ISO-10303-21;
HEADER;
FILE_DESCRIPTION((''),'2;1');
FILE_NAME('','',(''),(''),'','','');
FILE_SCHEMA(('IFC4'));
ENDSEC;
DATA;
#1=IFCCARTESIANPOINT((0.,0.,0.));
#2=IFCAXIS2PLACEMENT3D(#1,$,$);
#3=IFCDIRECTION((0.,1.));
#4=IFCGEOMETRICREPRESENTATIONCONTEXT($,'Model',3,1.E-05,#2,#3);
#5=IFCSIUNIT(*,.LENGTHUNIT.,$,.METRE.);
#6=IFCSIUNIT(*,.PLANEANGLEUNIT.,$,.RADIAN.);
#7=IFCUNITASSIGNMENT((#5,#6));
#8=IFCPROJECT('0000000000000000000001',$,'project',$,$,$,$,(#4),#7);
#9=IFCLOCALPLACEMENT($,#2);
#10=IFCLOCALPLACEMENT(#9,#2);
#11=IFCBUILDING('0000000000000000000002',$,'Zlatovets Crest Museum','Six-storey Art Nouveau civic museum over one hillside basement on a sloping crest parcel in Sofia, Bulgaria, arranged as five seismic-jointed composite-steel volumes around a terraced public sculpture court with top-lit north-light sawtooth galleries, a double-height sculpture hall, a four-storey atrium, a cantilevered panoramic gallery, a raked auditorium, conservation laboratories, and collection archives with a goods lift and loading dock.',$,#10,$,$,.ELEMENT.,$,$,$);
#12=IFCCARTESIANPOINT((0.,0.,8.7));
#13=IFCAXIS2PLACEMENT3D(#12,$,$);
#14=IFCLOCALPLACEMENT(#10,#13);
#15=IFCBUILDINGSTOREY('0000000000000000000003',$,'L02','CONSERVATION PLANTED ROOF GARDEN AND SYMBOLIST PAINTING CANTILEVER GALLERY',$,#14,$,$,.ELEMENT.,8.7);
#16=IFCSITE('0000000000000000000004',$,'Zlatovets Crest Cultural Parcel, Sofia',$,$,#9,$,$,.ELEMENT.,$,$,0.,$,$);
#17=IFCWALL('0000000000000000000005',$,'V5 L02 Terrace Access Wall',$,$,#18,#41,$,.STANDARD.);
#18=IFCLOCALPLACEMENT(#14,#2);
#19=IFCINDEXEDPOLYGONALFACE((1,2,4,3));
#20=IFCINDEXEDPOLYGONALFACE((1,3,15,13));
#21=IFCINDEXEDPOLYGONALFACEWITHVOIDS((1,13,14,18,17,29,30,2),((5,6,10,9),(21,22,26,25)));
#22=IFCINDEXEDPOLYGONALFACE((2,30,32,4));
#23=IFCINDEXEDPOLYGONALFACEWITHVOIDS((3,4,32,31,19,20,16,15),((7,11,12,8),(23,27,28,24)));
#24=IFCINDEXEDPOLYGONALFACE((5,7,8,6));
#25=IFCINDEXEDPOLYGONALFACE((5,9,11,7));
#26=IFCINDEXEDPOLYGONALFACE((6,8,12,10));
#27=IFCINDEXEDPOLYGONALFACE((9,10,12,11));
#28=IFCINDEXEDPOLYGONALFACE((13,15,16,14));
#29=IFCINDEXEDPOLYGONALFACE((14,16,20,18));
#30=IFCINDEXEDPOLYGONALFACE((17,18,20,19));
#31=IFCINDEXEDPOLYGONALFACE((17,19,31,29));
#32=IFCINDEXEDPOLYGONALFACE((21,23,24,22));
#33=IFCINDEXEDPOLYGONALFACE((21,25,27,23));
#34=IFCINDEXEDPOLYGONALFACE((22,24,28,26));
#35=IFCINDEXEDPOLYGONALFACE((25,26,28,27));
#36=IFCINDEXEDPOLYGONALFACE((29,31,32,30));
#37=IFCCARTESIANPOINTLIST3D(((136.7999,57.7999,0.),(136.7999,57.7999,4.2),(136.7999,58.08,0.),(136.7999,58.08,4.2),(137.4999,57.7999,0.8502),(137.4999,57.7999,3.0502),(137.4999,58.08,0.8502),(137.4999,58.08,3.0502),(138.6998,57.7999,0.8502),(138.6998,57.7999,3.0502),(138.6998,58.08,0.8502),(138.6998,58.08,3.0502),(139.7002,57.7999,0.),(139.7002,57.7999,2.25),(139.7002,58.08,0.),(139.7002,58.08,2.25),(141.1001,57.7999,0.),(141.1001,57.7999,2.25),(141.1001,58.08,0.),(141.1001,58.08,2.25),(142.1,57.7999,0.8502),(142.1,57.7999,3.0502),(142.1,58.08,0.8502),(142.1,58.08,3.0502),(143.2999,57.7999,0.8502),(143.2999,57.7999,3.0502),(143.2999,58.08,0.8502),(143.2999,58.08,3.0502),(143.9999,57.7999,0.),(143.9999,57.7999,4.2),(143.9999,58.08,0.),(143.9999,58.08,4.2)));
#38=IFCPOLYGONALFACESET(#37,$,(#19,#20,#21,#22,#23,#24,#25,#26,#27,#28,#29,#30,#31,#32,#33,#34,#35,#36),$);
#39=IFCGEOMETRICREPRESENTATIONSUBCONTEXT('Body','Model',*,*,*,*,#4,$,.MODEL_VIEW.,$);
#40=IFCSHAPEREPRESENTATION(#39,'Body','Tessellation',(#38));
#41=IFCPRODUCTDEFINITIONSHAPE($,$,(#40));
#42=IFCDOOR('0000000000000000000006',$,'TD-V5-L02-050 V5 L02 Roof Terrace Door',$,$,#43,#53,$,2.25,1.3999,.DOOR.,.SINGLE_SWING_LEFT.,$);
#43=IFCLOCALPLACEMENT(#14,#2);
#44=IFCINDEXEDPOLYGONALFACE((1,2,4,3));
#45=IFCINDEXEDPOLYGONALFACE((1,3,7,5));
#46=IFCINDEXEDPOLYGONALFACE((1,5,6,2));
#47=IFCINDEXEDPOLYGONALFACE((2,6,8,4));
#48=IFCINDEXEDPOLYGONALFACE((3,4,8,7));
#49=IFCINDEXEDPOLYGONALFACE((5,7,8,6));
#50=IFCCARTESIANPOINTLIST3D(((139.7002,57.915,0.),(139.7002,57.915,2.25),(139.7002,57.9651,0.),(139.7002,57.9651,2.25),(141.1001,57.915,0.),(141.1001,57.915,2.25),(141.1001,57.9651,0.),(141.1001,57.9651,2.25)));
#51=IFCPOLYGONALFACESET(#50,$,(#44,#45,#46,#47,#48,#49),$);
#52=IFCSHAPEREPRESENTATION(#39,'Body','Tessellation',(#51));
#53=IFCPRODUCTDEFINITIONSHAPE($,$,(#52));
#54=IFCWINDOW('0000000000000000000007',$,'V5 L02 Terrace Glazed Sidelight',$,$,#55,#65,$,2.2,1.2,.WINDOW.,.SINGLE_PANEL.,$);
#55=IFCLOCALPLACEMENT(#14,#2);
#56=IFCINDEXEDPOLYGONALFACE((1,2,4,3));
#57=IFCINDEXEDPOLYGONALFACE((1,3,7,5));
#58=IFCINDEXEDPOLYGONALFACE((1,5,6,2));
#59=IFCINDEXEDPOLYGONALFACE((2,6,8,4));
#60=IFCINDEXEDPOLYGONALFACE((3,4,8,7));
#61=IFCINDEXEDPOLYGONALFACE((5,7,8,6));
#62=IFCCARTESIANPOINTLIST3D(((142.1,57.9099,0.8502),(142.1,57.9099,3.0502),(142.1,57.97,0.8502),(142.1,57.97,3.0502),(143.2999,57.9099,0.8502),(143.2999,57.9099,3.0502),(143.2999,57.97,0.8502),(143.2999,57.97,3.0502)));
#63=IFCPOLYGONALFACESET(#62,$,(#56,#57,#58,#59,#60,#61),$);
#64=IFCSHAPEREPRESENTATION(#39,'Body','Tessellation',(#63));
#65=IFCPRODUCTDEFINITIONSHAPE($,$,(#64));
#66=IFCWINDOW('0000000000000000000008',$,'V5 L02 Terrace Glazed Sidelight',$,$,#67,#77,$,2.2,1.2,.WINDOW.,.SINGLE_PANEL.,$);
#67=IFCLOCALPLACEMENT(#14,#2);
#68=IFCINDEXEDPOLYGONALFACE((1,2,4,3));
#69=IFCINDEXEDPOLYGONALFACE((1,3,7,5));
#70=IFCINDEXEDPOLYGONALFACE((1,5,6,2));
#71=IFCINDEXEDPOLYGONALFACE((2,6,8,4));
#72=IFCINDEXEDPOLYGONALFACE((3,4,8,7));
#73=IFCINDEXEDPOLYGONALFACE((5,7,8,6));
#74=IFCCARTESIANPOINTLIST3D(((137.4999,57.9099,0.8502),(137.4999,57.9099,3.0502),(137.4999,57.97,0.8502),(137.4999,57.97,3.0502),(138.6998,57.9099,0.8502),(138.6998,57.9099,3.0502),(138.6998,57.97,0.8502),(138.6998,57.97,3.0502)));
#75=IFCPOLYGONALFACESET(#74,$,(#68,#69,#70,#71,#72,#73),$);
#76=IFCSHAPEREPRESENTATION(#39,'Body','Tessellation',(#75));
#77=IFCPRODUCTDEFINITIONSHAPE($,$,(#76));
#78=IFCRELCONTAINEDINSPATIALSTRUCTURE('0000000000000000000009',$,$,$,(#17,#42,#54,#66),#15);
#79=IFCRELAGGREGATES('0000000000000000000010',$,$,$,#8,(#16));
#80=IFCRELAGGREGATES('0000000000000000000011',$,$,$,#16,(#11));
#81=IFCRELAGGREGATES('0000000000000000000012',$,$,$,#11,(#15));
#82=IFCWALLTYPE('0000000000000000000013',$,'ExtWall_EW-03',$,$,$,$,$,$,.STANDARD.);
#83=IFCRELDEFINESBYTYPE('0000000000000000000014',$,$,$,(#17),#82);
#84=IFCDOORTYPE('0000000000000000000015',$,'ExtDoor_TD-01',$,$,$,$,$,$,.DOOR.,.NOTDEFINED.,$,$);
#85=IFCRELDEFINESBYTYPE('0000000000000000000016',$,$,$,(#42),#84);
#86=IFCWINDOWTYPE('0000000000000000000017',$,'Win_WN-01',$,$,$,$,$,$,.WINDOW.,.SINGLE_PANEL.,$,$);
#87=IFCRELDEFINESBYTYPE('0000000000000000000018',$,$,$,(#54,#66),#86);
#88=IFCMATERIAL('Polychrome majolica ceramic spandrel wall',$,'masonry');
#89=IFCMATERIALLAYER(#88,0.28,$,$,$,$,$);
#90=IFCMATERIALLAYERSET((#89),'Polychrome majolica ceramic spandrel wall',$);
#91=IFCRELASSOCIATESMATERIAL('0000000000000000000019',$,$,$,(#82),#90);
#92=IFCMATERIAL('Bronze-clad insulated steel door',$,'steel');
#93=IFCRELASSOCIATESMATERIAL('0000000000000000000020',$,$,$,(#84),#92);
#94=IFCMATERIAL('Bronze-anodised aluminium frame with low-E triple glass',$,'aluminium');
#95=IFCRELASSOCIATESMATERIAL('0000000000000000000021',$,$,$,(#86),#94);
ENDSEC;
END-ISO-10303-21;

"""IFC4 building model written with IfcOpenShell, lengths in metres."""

from ifc_helpers import new_model, si_unit, direction, frame, frame_2d, origin, place, context, subcontext, project, spatial, rectangle, extrude, material, layer, layer_set, type_object, element, fill, save


model = new_model("IFC4")

# Units and contexts
model_context = context("Model", 3, precision=1e-05, world=origin(), true_north=direction((0.0, 1.0)))
body_context = subcontext(model_context, "Body", "Model", "MODEL_VIEW")
ifc_project = project(units=[si_unit("LENGTHUNIT", "METRE"), si_unit("PLANEANGLEUNIT", "RADIAN")], contexts=[model_context])

# Site, building, storey
site_placement = place(None, origin())
site = spatial("IfcSite", under=ifc_project, at=site_placement, Name="Zlatovets Crest Cultural Parcel, Sofia", CompositionType="ELEMENT", RefElevation=0.0)
building_placement = place(site_placement, origin())
building = spatial("IfcBuilding", under=site, at=building_placement, Name="Zlatovets Crest Museum", Description="Six-storey Art Nouveau civic museum over one hillside basement on a sloping crest parcel in Sofia, Bulgaria, arranged as five seismic-jointed composite-steel volumes around a terraced public sculpture court with top-lit north-light sawtooth galleries, a double-height sculpture hall, a four-storey atrium, a cantilevered panoramic gallery, a raked auditorium, conservation laboratories, and collection archives with a goods lift and loading dock.", CompositionType="ELEMENT")
storey_placement = place(building_placement, frame((0.0, 0.0, 8.7)))
storey = spatial("IfcBuildingStorey", under=building, at=storey_placement, Name="L02", Description="CONSERVATION PLANTED ROOF GARDEN AND SYMBOLIST PAINTING CANTILEVER GALLERY", CompositionType="ELEMENT", Elevation=8.7)

# Wall, openings, door, windows
ifc_material_1 = material(Name="Polychrome majolica ceramic spandrel wall", Category="masonry")
ifc_layer = layer(ifc_material_1, 0.28)
ifc_layer_set = layer_set([ifc_layer], Name="Polychrome majolica ceramic spandrel wall")
wall_type = type_object("IfcWallType", Name="ExtWall_EW-03", PredefinedType="STANDARD", material=ifc_layer_set)
ifc_material_2 = material(Name="Bronze-clad insulated steel door", Category="steel")
door_type = type_object("IfcDoorType", Name="ExtDoor_TD-01", OperationType="NOTDEFINED", PredefinedType="DOOR", material=ifc_material_2)
ifc_material_3 = material(Name="Bronze-anodised aluminium frame with low-E triple glass", Category="aluminium")
window_type = type_object("IfcWindowType", Name="Win_WN-01", PartitioningType="SINGLE_PANEL", PredefinedType="WINDOW", material=ifc_material_3)
wall_1_placement = place(storey_placement, frame((144.0, 57.9399, 0.0), z_axis=(0.0, 0.0, 1.0), x_axis=(-1.0, 0.0, 0.0)))
wall_1 = element("IfcWall", 1, at=wall_1_placement, inside=storey, type_object=wall_type, Name="V5 L02 Terrace Access Wall", PredefinedType="STANDARD", context=body_context, shape_type="SweptSolid", body=[
    extrude(rectangle(XDim=7.2, YDim=0.28, at=frame_2d((3.6001, 0.0))), origin(), (0.0, 0.0, 1.0), 4.2),
])
opening_1_placement = place(wall_1_placement, frame((2.8999, 0.0, 0.0)))
opening_1 = element("IfcOpeningElement", 2, at=opening_1_placement, cuts=wall_1, PredefinedType="OPENING", context=body_context, shape_type="SweptSolid", body=[
    extrude(rectangle(XDim=1.3999, YDim=2.25, at=frame_2d((0.7, 1.125))), frame((0.0, 0.1499, 0.0), z_axis=(0.0, -1.0, 0.0), x_axis=(1.0, 0.0, 0.0)), (0.0, 0.0, 1.0), 0.3),
])
opening_2_placement = place(wall_1_placement, frame((0.7, 0.0, 0.8501)))
opening_2 = element("IfcOpeningElement", 3, at=opening_2_placement, cuts=wall_1, PredefinedType="OPENING", context=body_context, shape_type="SweptSolid", body=[
    extrude(rectangle(XDim=1.2, YDim=2.2, at=frame_2d((0.6001, 1.1001))), frame((0.0, 0.1499, 0.0), z_axis=(0.0, -1.0, 0.0), x_axis=(1.0, 0.0, 0.0)), (0.0, 0.0, 1.0), 0.3),
])
opening_3_placement = place(wall_1_placement, frame((5.3, 0.0, 0.8501)))
opening_3 = element("IfcOpeningElement", 4, at=opening_3_placement, cuts=wall_1, PredefinedType="OPENING", context=body_context, shape_type="SweptSolid", body=[
    extrude(rectangle(XDim=1.2, YDim=2.2, at=frame_2d((0.6001, 1.1001))), frame((0.0, 0.1499, 0.0), z_axis=(0.0, -1.0, 0.0), x_axis=(1.0, 0.0, 0.0)), (0.0, 0.0, 1.0), 0.3),
])
door_1_placement = place(opening_1_placement, origin())
door_1 = element("IfcDoor", 5, at=door_1_placement, inside=storey, type_object=door_type, Name="TD-V5-L02-050 V5 L02 Roof Terrace Door", OperationType="SINGLE_SWING_LEFT", OverallHeight=2.25, OverallWidth=1.3999, PredefinedType="DOOR", context=body_context, shape_type="SweptSolid", body=[
    extrude(rectangle(XDim=1.3999, YDim=2.25, at=frame_2d((0.7, 1.125))), frame((0.0, 0.0249, 0.0), z_axis=(0.0, -1.0, 0.0), x_axis=(1.0, 0.0, 0.0)), (0.0, 0.0, 1.0), 0.05),
])
fill(opening_1, door_1)
window_1_placement = place(opening_2_placement, origin())
window_1 = element("IfcWindow", 6, at=window_1_placement, inside=storey, type_object=window_type, Name="V5 L02 Terrace Glazed Sidelight", OverallHeight=2.2, OverallWidth=1.2, PartitioningType="SINGLE_PANEL", PredefinedType="WINDOW", context=body_context, shape_type="SweptSolid", body=[
    extrude(rectangle(XDim=1.2, YDim=2.2, at=frame_2d((0.6001, 1.1001))), frame((0.0, 0.03, 0.0), z_axis=(0.0, -1.0, 0.0), x_axis=(1.0, 0.0, 0.0)), (0.0, 0.0, 1.0), 0.0601),
])
fill(opening_2, window_1)
window_2_placement = place(opening_3_placement, origin())
window_2 = element("IfcWindow", 7, at=window_2_placement, inside=storey, type_object=window_type, Name="V5 L02 Terrace Glazed Sidelight", OverallHeight=2.2, OverallWidth=1.2, PartitioningType="SINGLE_PANEL", PredefinedType="WINDOW", context=body_context, shape_type="SweptSolid", body=[
    extrude(rectangle(XDim=1.2, YDim=2.2, at=frame_2d((0.6001, 1.1001))), frame((0.0, 0.03, 0.0), z_axis=(0.0, -1.0, 0.0), x_axis=(1.0, 0.0, 0.0)), (0.0, 0.0, 1.0), 0.0601),
])
fill(opening_3, window_2)

save(model, "model.ifc")
